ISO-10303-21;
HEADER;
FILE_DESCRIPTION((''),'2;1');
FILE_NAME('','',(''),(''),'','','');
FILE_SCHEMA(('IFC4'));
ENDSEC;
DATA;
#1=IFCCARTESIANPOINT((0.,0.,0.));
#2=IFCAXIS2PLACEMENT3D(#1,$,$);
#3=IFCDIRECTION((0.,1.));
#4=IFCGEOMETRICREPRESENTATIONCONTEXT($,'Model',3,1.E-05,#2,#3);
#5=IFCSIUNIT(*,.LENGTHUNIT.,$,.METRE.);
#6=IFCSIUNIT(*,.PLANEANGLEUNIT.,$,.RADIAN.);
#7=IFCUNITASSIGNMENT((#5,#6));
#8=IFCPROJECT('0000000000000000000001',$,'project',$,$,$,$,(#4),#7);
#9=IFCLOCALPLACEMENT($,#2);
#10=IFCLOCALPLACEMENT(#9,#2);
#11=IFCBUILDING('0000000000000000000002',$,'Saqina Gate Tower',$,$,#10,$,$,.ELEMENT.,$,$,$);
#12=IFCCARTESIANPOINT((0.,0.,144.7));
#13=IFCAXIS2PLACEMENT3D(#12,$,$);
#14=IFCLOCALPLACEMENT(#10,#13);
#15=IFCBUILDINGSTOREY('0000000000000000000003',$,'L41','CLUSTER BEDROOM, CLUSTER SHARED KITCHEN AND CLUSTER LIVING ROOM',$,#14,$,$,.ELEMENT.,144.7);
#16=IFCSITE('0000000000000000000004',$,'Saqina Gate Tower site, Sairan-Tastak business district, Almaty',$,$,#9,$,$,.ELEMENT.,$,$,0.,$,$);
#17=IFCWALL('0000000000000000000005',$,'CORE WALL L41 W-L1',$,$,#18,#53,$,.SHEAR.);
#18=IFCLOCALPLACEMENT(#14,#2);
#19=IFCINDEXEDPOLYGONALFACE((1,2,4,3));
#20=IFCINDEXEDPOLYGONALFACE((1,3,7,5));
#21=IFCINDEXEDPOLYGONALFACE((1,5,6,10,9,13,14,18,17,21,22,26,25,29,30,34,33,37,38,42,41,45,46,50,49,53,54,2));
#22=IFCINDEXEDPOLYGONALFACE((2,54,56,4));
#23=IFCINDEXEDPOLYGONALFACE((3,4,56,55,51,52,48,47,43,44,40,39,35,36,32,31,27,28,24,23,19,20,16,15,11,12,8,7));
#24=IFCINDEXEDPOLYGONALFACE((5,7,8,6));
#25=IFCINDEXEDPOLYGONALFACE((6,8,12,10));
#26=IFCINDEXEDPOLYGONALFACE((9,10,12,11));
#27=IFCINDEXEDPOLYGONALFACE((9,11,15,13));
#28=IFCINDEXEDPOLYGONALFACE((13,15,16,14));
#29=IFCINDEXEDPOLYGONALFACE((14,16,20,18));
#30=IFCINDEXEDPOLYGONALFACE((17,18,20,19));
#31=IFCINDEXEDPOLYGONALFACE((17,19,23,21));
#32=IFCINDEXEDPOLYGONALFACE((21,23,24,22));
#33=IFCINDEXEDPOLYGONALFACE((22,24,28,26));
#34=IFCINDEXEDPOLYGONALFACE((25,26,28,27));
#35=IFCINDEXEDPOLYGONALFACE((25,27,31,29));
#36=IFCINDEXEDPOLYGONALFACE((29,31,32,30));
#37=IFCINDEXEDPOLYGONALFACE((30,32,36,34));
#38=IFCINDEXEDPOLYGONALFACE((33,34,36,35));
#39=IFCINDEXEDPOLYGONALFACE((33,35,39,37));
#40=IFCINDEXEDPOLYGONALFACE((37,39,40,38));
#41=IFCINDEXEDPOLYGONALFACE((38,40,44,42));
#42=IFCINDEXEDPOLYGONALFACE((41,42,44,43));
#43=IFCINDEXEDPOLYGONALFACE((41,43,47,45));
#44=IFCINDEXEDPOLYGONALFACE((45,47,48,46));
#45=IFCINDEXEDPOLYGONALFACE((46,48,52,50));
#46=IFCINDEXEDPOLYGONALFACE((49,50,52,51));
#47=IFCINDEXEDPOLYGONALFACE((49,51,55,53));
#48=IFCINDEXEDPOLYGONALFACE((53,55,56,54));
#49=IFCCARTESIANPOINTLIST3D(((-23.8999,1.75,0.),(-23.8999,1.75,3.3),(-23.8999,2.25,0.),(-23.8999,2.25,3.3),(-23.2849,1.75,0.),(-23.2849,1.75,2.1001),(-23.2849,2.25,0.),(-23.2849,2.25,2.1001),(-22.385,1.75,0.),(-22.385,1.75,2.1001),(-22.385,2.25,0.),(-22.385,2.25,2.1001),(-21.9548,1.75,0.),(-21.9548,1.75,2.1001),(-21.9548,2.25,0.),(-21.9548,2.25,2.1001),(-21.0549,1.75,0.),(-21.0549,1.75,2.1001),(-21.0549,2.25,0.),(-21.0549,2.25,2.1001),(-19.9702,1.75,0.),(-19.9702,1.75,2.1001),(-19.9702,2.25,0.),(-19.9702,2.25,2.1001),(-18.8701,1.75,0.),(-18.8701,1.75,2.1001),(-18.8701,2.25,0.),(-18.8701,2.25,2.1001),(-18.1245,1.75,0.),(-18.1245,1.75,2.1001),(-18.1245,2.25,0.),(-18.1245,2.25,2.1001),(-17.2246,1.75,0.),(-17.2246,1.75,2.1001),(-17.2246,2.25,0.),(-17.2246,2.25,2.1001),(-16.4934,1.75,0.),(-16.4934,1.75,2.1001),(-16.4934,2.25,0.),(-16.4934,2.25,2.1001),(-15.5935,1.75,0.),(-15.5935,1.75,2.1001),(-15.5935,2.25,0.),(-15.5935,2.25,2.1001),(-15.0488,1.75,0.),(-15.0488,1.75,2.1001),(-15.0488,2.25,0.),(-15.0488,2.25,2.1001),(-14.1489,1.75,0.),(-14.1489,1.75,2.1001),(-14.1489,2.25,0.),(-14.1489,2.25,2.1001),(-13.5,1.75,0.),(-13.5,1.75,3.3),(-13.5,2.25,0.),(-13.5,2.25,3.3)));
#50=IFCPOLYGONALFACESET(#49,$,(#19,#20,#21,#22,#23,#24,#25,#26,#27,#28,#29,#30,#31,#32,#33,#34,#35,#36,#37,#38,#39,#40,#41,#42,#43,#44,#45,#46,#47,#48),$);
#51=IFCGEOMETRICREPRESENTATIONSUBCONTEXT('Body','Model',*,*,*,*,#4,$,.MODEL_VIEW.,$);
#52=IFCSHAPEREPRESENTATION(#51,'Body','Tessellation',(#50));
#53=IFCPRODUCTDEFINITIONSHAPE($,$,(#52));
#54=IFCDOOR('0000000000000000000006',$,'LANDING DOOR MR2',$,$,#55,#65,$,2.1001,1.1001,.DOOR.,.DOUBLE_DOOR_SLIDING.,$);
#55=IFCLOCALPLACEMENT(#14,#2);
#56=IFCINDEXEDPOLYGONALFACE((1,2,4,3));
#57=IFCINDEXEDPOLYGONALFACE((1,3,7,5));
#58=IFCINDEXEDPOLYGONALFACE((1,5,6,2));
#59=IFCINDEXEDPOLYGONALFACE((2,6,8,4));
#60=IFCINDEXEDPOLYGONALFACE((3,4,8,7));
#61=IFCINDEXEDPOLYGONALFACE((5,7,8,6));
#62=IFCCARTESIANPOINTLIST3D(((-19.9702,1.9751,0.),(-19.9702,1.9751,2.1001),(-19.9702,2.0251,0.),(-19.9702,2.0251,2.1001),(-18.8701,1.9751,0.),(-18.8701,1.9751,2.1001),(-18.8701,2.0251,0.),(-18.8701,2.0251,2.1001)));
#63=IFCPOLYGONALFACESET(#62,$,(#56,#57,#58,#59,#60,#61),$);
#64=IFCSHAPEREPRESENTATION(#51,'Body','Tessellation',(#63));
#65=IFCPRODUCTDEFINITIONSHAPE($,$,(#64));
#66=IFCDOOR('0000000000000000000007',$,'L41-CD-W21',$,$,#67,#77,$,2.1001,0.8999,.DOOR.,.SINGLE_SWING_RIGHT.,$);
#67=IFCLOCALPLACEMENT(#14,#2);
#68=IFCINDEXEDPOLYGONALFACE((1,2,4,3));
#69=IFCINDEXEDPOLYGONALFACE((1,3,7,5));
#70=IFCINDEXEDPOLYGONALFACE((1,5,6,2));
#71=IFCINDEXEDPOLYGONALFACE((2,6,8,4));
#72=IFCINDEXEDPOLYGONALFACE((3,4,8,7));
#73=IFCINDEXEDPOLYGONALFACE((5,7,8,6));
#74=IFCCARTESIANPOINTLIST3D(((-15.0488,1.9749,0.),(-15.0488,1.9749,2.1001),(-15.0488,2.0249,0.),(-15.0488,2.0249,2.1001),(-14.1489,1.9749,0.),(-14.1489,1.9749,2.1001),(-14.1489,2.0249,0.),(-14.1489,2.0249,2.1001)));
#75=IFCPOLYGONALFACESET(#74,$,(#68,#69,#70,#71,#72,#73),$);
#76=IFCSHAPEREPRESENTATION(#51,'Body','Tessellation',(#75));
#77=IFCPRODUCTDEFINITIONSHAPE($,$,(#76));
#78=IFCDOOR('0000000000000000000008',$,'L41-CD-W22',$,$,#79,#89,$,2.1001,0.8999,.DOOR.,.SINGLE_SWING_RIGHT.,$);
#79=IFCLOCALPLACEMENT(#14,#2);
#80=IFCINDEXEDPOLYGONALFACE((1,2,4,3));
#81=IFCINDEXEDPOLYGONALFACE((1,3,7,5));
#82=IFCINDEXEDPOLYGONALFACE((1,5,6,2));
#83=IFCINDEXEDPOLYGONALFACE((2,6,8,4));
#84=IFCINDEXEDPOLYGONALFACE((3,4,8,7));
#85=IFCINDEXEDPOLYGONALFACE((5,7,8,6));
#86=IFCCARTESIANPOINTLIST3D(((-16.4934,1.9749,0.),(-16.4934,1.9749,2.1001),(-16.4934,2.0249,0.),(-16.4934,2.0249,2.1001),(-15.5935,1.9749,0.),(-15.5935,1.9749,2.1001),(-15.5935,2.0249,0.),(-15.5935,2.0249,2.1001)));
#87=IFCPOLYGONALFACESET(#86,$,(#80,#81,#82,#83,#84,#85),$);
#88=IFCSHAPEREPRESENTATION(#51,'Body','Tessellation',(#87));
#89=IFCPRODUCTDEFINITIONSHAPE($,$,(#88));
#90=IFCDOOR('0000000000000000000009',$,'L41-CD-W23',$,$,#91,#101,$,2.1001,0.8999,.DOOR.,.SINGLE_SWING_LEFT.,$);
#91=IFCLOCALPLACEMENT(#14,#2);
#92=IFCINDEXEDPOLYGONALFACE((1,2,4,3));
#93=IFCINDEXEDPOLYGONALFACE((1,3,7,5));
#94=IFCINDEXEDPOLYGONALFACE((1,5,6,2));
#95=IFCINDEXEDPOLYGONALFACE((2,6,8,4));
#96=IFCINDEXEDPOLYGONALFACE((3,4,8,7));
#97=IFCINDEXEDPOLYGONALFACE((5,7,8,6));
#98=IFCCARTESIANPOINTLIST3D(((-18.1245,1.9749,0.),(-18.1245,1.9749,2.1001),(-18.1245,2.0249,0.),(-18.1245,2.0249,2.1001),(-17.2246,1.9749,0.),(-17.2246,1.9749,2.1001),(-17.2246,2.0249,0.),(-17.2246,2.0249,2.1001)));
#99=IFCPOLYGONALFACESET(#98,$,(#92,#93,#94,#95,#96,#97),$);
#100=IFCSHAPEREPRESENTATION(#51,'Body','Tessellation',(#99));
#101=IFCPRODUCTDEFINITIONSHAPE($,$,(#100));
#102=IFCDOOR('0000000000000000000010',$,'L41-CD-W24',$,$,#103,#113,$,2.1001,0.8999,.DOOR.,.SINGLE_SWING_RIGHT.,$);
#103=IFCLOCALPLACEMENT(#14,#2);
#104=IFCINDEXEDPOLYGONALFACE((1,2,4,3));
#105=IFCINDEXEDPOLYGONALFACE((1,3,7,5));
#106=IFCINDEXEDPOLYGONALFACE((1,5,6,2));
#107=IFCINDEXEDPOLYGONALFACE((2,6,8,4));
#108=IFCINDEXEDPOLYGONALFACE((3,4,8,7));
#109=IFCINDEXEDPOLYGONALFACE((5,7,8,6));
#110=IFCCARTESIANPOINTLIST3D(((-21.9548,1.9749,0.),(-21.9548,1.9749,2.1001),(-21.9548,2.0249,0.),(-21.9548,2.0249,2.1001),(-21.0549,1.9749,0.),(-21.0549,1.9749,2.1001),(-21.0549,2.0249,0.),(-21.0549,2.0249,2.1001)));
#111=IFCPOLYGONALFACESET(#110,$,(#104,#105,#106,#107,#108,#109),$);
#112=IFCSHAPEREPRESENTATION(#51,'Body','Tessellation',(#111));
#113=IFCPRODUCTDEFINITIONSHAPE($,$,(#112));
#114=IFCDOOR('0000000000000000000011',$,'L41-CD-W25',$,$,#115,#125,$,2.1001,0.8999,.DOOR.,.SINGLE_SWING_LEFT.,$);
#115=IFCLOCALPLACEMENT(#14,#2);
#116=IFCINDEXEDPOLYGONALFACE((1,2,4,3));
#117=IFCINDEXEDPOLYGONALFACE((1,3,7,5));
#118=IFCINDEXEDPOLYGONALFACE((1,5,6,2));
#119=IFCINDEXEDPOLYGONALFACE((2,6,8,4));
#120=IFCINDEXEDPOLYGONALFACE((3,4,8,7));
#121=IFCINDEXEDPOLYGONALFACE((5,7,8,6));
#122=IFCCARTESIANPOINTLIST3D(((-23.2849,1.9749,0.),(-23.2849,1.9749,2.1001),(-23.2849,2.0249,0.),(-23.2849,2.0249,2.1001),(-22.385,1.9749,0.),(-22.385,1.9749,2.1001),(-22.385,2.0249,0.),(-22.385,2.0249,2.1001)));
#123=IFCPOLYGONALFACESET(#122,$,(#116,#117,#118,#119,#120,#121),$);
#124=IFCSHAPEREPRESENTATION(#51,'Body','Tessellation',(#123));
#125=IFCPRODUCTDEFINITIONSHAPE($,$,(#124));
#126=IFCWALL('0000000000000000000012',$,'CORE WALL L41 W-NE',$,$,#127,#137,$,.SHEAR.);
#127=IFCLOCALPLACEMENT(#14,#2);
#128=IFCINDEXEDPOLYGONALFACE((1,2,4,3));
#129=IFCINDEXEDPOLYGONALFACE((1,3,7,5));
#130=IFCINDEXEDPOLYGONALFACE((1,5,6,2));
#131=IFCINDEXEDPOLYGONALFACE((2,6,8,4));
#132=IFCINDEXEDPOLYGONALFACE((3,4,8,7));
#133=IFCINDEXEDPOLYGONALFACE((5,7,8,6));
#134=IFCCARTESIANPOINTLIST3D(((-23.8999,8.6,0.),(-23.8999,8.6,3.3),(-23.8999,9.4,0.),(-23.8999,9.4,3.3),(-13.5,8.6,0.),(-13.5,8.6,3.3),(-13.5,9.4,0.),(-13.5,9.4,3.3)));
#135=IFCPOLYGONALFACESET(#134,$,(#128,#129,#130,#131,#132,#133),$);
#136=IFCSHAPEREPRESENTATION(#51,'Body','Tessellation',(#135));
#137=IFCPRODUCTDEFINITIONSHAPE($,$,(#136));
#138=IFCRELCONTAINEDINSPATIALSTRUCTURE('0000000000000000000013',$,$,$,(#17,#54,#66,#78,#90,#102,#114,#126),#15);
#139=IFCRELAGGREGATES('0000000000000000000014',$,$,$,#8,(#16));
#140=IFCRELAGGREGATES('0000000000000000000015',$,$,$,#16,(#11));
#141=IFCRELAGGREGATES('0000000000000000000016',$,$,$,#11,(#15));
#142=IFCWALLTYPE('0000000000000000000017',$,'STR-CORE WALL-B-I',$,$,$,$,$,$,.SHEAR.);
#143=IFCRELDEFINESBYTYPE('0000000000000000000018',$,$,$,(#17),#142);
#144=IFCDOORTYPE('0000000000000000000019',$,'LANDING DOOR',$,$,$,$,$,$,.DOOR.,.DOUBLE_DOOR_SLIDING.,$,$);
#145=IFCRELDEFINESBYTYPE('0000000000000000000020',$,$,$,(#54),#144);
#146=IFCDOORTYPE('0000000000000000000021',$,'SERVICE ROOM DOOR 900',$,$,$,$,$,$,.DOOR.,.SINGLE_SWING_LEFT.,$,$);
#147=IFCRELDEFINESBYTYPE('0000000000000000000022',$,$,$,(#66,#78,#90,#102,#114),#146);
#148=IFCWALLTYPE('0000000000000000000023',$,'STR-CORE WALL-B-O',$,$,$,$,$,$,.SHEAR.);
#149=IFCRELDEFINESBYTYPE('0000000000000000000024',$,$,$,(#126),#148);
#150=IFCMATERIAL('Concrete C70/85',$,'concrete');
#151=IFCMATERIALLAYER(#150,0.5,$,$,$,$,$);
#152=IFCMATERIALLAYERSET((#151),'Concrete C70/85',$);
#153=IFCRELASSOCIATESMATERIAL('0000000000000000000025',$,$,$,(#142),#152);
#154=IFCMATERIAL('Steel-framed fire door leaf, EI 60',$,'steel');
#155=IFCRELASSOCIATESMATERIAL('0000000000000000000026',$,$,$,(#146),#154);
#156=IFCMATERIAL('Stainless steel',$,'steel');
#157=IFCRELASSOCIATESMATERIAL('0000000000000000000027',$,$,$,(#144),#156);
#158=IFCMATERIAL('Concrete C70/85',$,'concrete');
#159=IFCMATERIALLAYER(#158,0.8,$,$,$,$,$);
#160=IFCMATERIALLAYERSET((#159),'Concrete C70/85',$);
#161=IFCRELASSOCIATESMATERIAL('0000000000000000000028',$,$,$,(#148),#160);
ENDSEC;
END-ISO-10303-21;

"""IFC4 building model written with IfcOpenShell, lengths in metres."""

from ifc_helpers import new_model, si_unit, direction, frame, frame_2d, origin, place, context, subcontext, project, spatial, rectangle, extrude, material, layer, layer_set, type_object, element, fill, save


model = new_model("IFC4")

# Units and contexts
model_context = context("Model", 3, precision=1e-05, world=origin(), true_north=direction((0.0, 1.0)))
body_context = subcontext(model_context, "Body", "Model", "MODEL_VIEW")
ifc_project = project(units=[si_unit("LENGTHUNIT", "METRE"), si_unit("PLANEANGLEUNIT", "RADIAN")], contexts=[model_context])

# Site, building, storey
site_placement = place(None, origin())
site = spatial("IfcSite", under=ifc_project, at=site_placement, Name="Saqina Gate Tower site, Sairan-Tastak business district, Almaty", CompositionType="ELEMENT", RefElevation=0.0)
building_placement = place(site_placement, origin())
building = spatial("IfcBuilding", under=site, at=building_placement, Name="Saqina Gate Tower", CompositionType="ELEMENT")
storey_placement = place(building_placement, frame((0.0, 0.0, 144.7)))
storey = spatial("IfcBuildingStorey", under=building, at=storey_placement, Name="L41", Description="CLUSTER BEDROOM, CLUSTER SHARED KITCHEN AND CLUSTER LIVING ROOM", CompositionType="ELEMENT", Elevation=144.7)

# Shared definitions
ifc_material_1 = material(Name="Concrete C70/85", Category="concrete")
ifc_layer_1 = layer(ifc_material_1, 0.5)
ifc_layer_set_1 = layer_set([ifc_layer_1], Name="Concrete C70/85")
wall_type_1 = type_object("IfcWallType", Name="STR-CORE WALL-B-I", PredefinedType="SHEAR", material=ifc_layer_set_1)
ifc_material_2 = material(Name="Steel-framed fire door leaf, EI 60", Category="steel")
door_type_1 = type_object("IfcDoorType", Name="SERVICE ROOM DOOR 900", OperationType="SINGLE_SWING_LEFT", PredefinedType="DOOR", material=ifc_material_2)

# Wall, openings, doors
wall_1_placement = place(storey_placement, frame((-13.5, 2.0, 0.0), z_axis=(0.0, 0.0, 1.0), x_axis=(-1.0, 0.0, 0.0)))
wall_1 = element("IfcWall", 1, at=wall_1_placement, inside=storey, type_object=wall_type_1, Name="CORE WALL L41 W-L1", PredefinedType="SHEAR", context=body_context, shape_type="SweptSolid", body=[
    extrude(rectangle(XDim=10.3999, YDim=0.5, at=frame_2d((5.2, 0.0))), origin(), (0.0, 0.0, 1.0), 3.3),
])
opening_1_placement = place(wall_1_placement, frame((5.3701, 0.0, 0.0)))
opening_1 = element("IfcOpeningElement", 2, at=opening_1_placement, cuts=wall_1, PredefinedType="OPENING", context=body_context, shape_type="SweptSolid", body=[
    extrude(rectangle(XDim=1.1001, YDim=2.1001, at=frame_2d((0.55, 1.05))), frame((0.0, 0.262, 0.0), z_axis=(0.0, -1.0, 0.0), x_axis=(1.0, 0.0, 0.0)), (0.0, 0.0, 1.0), 0.5239),
])
opening_2_placement = place(wall_1_placement, frame((0.6489, 0.0, 0.0)))
opening_2 = element("IfcOpeningElement", 3, at=opening_2_placement, cuts=wall_1, PredefinedType="OPENING", context=body_context, shape_type="SweptSolid", body=[
    extrude(rectangle(XDim=0.8999, YDim=2.1001, at=frame_2d((0.45, 1.05))), frame((0.0, 0.262, 0.0), z_axis=(0.0, -1.0, 0.0), x_axis=(1.0, 0.0, 0.0)), (0.0, 0.0, 1.0), 0.5239),
])
opening_3_placement = place(wall_1_placement, frame((2.0935, 0.0, 0.0)))
opening_3 = element("IfcOpeningElement", 4, at=opening_3_placement, cuts=wall_1, PredefinedType="OPENING", context=body_context, shape_type="SweptSolid", body=[
    extrude(rectangle(XDim=0.8999, YDim=2.1001, at=frame_2d((0.45, 1.05))), frame((0.0, 0.262, 0.0), z_axis=(0.0, -1.0, 0.0), x_axis=(1.0, 0.0, 0.0)), (0.0, 0.0, 1.0), 0.5239),
])
opening_4_placement = place(wall_1_placement, frame((3.7246, 0.0, 0.0)))
opening_4 = element("IfcOpeningElement", 5, at=opening_4_placement, cuts=wall_1, PredefinedType="OPENING", context=body_context, shape_type="SweptSolid", body=[
    extrude(rectangle(XDim=0.8999, YDim=2.1001, at=frame_2d((0.45, 1.05))), frame((0.0, 0.262, 0.0), z_axis=(0.0, -1.0, 0.0), x_axis=(1.0, 0.0, 0.0)), (0.0, 0.0, 1.0), 0.5239),
])
opening_5_placement = place(wall_1_placement, frame((7.5549, 0.0, 0.0)))
opening_5 = element("IfcOpeningElement", 6, at=opening_5_placement, cuts=wall_1, PredefinedType="OPENING", context=body_context, shape_type="SweptSolid", body=[
    extrude(rectangle(XDim=0.8999, YDim=2.1001, at=frame_2d((0.45, 1.05))), frame((0.0, 0.262, 0.0), z_axis=(0.0, -1.0, 0.0), x_axis=(1.0, 0.0, 0.0)), (0.0, 0.0, 1.0), 0.5239),
])
opening_6_placement = place(wall_1_placement, frame((8.885, 0.0, 0.0)))
opening_6 = element("IfcOpeningElement", 7, at=opening_6_placement, cuts=wall_1, PredefinedType="OPENING", context=body_context, shape_type="SweptSolid", body=[
    extrude(rectangle(XDim=0.8999, YDim=2.1001, at=frame_2d((0.45, 1.05))), frame((0.0, 0.262, 0.0), z_axis=(0.0, -1.0, 0.0), x_axis=(1.0, 0.0, 0.0)), (0.0, 0.0, 1.0), 0.5239),
])
ifc_material_3 = material(Name="Stainless steel", Category="steel")
door_type_2 = type_object("IfcDoorType", Name="LANDING DOOR", OperationType="DOUBLE_DOOR_SLIDING", PredefinedType="DOOR", material=ifc_material_3)
door_1_placement = place(opening_1_placement, origin())
door_1 = element("IfcDoor", 8, at=door_1_placement, inside=storey, type_object=door_type_2, Name="LANDING DOOR MR2", OperationType="DOUBLE_DOOR_SLIDING", OverallHeight=2.1001, OverallWidth=1.1001, PredefinedType="DOOR", context=body_context, shape_type="SweptSolid", body=[
    extrude(rectangle(XDim=1.1001, YDim=2.1001, at=frame_2d((0.55, 1.05))), frame((0.0, 0.0249, 0.0), z_axis=(0.0, -1.0, 0.0), x_axis=(1.0, 0.0, 0.0)), (0.0, 0.0, 1.0), 0.05),
])
fill(opening_1, door_1)
door_2_placement = place(opening_2_placement, frame((0.8999, 0.0, 0.0), z_axis=(0.0, 0.0, 1.0), x_axis=(-1.0, 0.0, 0.0)))
door_2 = element("IfcDoor", 9, at=door_2_placement, inside=storey, type_object=door_type_1, Name="L41-CD-W21", OperationType="SINGLE_SWING_RIGHT", OverallHeight=2.1001, OverallWidth=0.8999, PredefinedType="DOOR", context=body_context, shape_type="SweptSolid", body=[
    extrude(rectangle(XDim=0.8999, YDim=2.1001, at=frame_2d((0.45, 1.05))), frame((0.0, 0.0249, 0.0), z_axis=(0.0, -1.0, 0.0), x_axis=(1.0, 0.0, 0.0)), (0.0, 0.0, 1.0), 0.05),
])
fill(opening_2, door_2)
door_3_placement = place(opening_3_placement, frame((0.8999, 0.0, 0.0), z_axis=(0.0, 0.0, 1.0), x_axis=(-1.0, 0.0, 0.0)))
door_3 = element("IfcDoor", 10, at=door_3_placement, inside=storey, type_object=door_type_1, Name="L41-CD-W22", OperationType="SINGLE_SWING_RIGHT", OverallHeight=2.1001, OverallWidth=0.8999, PredefinedType="DOOR", context=body_context, shape_type="SweptSolid", body=[
    extrude(rectangle(XDim=0.8999, YDim=2.1001, at=frame_2d((0.45, 1.05))), frame((0.0, 0.0249, 0.0), z_axis=(0.0, -1.0, 0.0), x_axis=(1.0, 0.0, 0.0)), (0.0, 0.0, 1.0), 0.05),
])
fill(opening_3, door_3)
door_4_placement = place(opening_4_placement, frame((0.8999, 0.0, 0.0), z_axis=(0.0, 0.0, 1.0), x_axis=(-1.0, 0.0, 0.0)))
door_4 = element("IfcDoor", 11, at=door_4_placement, inside=storey, type_object=door_type_1, Name="L41-CD-W23", OperationType="SINGLE_SWING_LEFT", OverallHeight=2.1001, OverallWidth=0.8999, PredefinedType="DOOR", context=body_context, shape_type="SweptSolid", body=[
    extrude(rectangle(XDim=0.8999, YDim=2.1001, at=frame_2d((0.45, 1.05))), frame((0.0, 0.0249, 0.0), z_axis=(0.0, -1.0, 0.0), x_axis=(1.0, 0.0, 0.0)), (0.0, 0.0, 1.0), 0.05),
])
fill(opening_4, door_4)
door_5_placement = place(opening_5_placement, frame((0.8999, 0.0, 0.0), z_axis=(0.0, 0.0, 1.0), x_axis=(-1.0, 0.0, 0.0)))
door_5 = element("IfcDoor", 12, at=door_5_placement, inside=storey, type_object=door_type_1, Name="L41-CD-W24", OperationType="SINGLE_SWING_RIGHT", OverallHeight=2.1001, OverallWidth=0.8999, PredefinedType="DOOR", context=body_context, shape_type="SweptSolid", body=[
    extrude(rectangle(XDim=0.8999, YDim=2.1001, at=frame_2d((0.45, 1.05))), frame((0.0, 0.0249, 0.0), z_axis=(0.0, -1.0, 0.0), x_axis=(1.0, 0.0, 0.0)), (0.0, 0.0, 1.0), 0.05),
])
fill(opening_5, door_5)
door_6_placement = place(opening_6_placement, frame((0.8999, 0.0, 0.0), z_axis=(0.0, 0.0, 1.0), x_axis=(-1.0, 0.0, 0.0)))
door_6 = element("IfcDoor", 13, at=door_6_placement, inside=storey, type_object=door_type_1, Name="L41-CD-W25", OperationType="SINGLE_SWING_LEFT", OverallHeight=2.1001, OverallWidth=0.8999, PredefinedType="DOOR", context=body_context, shape_type="SweptSolid", body=[
    extrude(rectangle(XDim=0.8999, YDim=2.1001, at=frame_2d((0.45, 1.05))), frame((0.0, 0.0249, 0.0), z_axis=(0.0, -1.0, 0.0), x_axis=(1.0, 0.0, 0.0)), (0.0, 0.0, 1.0), 0.05),
])
fill(opening_6, door_6)

# Wall
ifc_material_4 = material(Name="Concrete C70/85", Category="concrete")
ifc_layer_2 = layer(ifc_material_4, 0.8)
ifc_layer_set_2 = layer_set([ifc_layer_2], Name="Concrete C70/85")
wall_type_2 = type_object("IfcWallType", Name="STR-CORE WALL-B-O", PredefinedType="SHEAR", material=ifc_layer_set_2)
wall_2_placement = place(storey_placement, frame((-13.5, 9.0, 0.0), z_axis=(0.0, 0.0, 1.0), x_axis=(-1.0, 0.0, 0.0)))
element("IfcWall", 14, at=wall_2_placement, inside=storey, type_object=wall_type_2, Name="CORE WALL L41 W-NE", PredefinedType="SHEAR", context=body_context, shape_type="SweptSolid", body=[
    extrude(rectangle(XDim=10.3999, YDim=0.8, at=frame_2d((5.2, 0.0))), origin(), (0.0, 0.0, 1.0), 3.3),
])

save(model, "model.ifc")
